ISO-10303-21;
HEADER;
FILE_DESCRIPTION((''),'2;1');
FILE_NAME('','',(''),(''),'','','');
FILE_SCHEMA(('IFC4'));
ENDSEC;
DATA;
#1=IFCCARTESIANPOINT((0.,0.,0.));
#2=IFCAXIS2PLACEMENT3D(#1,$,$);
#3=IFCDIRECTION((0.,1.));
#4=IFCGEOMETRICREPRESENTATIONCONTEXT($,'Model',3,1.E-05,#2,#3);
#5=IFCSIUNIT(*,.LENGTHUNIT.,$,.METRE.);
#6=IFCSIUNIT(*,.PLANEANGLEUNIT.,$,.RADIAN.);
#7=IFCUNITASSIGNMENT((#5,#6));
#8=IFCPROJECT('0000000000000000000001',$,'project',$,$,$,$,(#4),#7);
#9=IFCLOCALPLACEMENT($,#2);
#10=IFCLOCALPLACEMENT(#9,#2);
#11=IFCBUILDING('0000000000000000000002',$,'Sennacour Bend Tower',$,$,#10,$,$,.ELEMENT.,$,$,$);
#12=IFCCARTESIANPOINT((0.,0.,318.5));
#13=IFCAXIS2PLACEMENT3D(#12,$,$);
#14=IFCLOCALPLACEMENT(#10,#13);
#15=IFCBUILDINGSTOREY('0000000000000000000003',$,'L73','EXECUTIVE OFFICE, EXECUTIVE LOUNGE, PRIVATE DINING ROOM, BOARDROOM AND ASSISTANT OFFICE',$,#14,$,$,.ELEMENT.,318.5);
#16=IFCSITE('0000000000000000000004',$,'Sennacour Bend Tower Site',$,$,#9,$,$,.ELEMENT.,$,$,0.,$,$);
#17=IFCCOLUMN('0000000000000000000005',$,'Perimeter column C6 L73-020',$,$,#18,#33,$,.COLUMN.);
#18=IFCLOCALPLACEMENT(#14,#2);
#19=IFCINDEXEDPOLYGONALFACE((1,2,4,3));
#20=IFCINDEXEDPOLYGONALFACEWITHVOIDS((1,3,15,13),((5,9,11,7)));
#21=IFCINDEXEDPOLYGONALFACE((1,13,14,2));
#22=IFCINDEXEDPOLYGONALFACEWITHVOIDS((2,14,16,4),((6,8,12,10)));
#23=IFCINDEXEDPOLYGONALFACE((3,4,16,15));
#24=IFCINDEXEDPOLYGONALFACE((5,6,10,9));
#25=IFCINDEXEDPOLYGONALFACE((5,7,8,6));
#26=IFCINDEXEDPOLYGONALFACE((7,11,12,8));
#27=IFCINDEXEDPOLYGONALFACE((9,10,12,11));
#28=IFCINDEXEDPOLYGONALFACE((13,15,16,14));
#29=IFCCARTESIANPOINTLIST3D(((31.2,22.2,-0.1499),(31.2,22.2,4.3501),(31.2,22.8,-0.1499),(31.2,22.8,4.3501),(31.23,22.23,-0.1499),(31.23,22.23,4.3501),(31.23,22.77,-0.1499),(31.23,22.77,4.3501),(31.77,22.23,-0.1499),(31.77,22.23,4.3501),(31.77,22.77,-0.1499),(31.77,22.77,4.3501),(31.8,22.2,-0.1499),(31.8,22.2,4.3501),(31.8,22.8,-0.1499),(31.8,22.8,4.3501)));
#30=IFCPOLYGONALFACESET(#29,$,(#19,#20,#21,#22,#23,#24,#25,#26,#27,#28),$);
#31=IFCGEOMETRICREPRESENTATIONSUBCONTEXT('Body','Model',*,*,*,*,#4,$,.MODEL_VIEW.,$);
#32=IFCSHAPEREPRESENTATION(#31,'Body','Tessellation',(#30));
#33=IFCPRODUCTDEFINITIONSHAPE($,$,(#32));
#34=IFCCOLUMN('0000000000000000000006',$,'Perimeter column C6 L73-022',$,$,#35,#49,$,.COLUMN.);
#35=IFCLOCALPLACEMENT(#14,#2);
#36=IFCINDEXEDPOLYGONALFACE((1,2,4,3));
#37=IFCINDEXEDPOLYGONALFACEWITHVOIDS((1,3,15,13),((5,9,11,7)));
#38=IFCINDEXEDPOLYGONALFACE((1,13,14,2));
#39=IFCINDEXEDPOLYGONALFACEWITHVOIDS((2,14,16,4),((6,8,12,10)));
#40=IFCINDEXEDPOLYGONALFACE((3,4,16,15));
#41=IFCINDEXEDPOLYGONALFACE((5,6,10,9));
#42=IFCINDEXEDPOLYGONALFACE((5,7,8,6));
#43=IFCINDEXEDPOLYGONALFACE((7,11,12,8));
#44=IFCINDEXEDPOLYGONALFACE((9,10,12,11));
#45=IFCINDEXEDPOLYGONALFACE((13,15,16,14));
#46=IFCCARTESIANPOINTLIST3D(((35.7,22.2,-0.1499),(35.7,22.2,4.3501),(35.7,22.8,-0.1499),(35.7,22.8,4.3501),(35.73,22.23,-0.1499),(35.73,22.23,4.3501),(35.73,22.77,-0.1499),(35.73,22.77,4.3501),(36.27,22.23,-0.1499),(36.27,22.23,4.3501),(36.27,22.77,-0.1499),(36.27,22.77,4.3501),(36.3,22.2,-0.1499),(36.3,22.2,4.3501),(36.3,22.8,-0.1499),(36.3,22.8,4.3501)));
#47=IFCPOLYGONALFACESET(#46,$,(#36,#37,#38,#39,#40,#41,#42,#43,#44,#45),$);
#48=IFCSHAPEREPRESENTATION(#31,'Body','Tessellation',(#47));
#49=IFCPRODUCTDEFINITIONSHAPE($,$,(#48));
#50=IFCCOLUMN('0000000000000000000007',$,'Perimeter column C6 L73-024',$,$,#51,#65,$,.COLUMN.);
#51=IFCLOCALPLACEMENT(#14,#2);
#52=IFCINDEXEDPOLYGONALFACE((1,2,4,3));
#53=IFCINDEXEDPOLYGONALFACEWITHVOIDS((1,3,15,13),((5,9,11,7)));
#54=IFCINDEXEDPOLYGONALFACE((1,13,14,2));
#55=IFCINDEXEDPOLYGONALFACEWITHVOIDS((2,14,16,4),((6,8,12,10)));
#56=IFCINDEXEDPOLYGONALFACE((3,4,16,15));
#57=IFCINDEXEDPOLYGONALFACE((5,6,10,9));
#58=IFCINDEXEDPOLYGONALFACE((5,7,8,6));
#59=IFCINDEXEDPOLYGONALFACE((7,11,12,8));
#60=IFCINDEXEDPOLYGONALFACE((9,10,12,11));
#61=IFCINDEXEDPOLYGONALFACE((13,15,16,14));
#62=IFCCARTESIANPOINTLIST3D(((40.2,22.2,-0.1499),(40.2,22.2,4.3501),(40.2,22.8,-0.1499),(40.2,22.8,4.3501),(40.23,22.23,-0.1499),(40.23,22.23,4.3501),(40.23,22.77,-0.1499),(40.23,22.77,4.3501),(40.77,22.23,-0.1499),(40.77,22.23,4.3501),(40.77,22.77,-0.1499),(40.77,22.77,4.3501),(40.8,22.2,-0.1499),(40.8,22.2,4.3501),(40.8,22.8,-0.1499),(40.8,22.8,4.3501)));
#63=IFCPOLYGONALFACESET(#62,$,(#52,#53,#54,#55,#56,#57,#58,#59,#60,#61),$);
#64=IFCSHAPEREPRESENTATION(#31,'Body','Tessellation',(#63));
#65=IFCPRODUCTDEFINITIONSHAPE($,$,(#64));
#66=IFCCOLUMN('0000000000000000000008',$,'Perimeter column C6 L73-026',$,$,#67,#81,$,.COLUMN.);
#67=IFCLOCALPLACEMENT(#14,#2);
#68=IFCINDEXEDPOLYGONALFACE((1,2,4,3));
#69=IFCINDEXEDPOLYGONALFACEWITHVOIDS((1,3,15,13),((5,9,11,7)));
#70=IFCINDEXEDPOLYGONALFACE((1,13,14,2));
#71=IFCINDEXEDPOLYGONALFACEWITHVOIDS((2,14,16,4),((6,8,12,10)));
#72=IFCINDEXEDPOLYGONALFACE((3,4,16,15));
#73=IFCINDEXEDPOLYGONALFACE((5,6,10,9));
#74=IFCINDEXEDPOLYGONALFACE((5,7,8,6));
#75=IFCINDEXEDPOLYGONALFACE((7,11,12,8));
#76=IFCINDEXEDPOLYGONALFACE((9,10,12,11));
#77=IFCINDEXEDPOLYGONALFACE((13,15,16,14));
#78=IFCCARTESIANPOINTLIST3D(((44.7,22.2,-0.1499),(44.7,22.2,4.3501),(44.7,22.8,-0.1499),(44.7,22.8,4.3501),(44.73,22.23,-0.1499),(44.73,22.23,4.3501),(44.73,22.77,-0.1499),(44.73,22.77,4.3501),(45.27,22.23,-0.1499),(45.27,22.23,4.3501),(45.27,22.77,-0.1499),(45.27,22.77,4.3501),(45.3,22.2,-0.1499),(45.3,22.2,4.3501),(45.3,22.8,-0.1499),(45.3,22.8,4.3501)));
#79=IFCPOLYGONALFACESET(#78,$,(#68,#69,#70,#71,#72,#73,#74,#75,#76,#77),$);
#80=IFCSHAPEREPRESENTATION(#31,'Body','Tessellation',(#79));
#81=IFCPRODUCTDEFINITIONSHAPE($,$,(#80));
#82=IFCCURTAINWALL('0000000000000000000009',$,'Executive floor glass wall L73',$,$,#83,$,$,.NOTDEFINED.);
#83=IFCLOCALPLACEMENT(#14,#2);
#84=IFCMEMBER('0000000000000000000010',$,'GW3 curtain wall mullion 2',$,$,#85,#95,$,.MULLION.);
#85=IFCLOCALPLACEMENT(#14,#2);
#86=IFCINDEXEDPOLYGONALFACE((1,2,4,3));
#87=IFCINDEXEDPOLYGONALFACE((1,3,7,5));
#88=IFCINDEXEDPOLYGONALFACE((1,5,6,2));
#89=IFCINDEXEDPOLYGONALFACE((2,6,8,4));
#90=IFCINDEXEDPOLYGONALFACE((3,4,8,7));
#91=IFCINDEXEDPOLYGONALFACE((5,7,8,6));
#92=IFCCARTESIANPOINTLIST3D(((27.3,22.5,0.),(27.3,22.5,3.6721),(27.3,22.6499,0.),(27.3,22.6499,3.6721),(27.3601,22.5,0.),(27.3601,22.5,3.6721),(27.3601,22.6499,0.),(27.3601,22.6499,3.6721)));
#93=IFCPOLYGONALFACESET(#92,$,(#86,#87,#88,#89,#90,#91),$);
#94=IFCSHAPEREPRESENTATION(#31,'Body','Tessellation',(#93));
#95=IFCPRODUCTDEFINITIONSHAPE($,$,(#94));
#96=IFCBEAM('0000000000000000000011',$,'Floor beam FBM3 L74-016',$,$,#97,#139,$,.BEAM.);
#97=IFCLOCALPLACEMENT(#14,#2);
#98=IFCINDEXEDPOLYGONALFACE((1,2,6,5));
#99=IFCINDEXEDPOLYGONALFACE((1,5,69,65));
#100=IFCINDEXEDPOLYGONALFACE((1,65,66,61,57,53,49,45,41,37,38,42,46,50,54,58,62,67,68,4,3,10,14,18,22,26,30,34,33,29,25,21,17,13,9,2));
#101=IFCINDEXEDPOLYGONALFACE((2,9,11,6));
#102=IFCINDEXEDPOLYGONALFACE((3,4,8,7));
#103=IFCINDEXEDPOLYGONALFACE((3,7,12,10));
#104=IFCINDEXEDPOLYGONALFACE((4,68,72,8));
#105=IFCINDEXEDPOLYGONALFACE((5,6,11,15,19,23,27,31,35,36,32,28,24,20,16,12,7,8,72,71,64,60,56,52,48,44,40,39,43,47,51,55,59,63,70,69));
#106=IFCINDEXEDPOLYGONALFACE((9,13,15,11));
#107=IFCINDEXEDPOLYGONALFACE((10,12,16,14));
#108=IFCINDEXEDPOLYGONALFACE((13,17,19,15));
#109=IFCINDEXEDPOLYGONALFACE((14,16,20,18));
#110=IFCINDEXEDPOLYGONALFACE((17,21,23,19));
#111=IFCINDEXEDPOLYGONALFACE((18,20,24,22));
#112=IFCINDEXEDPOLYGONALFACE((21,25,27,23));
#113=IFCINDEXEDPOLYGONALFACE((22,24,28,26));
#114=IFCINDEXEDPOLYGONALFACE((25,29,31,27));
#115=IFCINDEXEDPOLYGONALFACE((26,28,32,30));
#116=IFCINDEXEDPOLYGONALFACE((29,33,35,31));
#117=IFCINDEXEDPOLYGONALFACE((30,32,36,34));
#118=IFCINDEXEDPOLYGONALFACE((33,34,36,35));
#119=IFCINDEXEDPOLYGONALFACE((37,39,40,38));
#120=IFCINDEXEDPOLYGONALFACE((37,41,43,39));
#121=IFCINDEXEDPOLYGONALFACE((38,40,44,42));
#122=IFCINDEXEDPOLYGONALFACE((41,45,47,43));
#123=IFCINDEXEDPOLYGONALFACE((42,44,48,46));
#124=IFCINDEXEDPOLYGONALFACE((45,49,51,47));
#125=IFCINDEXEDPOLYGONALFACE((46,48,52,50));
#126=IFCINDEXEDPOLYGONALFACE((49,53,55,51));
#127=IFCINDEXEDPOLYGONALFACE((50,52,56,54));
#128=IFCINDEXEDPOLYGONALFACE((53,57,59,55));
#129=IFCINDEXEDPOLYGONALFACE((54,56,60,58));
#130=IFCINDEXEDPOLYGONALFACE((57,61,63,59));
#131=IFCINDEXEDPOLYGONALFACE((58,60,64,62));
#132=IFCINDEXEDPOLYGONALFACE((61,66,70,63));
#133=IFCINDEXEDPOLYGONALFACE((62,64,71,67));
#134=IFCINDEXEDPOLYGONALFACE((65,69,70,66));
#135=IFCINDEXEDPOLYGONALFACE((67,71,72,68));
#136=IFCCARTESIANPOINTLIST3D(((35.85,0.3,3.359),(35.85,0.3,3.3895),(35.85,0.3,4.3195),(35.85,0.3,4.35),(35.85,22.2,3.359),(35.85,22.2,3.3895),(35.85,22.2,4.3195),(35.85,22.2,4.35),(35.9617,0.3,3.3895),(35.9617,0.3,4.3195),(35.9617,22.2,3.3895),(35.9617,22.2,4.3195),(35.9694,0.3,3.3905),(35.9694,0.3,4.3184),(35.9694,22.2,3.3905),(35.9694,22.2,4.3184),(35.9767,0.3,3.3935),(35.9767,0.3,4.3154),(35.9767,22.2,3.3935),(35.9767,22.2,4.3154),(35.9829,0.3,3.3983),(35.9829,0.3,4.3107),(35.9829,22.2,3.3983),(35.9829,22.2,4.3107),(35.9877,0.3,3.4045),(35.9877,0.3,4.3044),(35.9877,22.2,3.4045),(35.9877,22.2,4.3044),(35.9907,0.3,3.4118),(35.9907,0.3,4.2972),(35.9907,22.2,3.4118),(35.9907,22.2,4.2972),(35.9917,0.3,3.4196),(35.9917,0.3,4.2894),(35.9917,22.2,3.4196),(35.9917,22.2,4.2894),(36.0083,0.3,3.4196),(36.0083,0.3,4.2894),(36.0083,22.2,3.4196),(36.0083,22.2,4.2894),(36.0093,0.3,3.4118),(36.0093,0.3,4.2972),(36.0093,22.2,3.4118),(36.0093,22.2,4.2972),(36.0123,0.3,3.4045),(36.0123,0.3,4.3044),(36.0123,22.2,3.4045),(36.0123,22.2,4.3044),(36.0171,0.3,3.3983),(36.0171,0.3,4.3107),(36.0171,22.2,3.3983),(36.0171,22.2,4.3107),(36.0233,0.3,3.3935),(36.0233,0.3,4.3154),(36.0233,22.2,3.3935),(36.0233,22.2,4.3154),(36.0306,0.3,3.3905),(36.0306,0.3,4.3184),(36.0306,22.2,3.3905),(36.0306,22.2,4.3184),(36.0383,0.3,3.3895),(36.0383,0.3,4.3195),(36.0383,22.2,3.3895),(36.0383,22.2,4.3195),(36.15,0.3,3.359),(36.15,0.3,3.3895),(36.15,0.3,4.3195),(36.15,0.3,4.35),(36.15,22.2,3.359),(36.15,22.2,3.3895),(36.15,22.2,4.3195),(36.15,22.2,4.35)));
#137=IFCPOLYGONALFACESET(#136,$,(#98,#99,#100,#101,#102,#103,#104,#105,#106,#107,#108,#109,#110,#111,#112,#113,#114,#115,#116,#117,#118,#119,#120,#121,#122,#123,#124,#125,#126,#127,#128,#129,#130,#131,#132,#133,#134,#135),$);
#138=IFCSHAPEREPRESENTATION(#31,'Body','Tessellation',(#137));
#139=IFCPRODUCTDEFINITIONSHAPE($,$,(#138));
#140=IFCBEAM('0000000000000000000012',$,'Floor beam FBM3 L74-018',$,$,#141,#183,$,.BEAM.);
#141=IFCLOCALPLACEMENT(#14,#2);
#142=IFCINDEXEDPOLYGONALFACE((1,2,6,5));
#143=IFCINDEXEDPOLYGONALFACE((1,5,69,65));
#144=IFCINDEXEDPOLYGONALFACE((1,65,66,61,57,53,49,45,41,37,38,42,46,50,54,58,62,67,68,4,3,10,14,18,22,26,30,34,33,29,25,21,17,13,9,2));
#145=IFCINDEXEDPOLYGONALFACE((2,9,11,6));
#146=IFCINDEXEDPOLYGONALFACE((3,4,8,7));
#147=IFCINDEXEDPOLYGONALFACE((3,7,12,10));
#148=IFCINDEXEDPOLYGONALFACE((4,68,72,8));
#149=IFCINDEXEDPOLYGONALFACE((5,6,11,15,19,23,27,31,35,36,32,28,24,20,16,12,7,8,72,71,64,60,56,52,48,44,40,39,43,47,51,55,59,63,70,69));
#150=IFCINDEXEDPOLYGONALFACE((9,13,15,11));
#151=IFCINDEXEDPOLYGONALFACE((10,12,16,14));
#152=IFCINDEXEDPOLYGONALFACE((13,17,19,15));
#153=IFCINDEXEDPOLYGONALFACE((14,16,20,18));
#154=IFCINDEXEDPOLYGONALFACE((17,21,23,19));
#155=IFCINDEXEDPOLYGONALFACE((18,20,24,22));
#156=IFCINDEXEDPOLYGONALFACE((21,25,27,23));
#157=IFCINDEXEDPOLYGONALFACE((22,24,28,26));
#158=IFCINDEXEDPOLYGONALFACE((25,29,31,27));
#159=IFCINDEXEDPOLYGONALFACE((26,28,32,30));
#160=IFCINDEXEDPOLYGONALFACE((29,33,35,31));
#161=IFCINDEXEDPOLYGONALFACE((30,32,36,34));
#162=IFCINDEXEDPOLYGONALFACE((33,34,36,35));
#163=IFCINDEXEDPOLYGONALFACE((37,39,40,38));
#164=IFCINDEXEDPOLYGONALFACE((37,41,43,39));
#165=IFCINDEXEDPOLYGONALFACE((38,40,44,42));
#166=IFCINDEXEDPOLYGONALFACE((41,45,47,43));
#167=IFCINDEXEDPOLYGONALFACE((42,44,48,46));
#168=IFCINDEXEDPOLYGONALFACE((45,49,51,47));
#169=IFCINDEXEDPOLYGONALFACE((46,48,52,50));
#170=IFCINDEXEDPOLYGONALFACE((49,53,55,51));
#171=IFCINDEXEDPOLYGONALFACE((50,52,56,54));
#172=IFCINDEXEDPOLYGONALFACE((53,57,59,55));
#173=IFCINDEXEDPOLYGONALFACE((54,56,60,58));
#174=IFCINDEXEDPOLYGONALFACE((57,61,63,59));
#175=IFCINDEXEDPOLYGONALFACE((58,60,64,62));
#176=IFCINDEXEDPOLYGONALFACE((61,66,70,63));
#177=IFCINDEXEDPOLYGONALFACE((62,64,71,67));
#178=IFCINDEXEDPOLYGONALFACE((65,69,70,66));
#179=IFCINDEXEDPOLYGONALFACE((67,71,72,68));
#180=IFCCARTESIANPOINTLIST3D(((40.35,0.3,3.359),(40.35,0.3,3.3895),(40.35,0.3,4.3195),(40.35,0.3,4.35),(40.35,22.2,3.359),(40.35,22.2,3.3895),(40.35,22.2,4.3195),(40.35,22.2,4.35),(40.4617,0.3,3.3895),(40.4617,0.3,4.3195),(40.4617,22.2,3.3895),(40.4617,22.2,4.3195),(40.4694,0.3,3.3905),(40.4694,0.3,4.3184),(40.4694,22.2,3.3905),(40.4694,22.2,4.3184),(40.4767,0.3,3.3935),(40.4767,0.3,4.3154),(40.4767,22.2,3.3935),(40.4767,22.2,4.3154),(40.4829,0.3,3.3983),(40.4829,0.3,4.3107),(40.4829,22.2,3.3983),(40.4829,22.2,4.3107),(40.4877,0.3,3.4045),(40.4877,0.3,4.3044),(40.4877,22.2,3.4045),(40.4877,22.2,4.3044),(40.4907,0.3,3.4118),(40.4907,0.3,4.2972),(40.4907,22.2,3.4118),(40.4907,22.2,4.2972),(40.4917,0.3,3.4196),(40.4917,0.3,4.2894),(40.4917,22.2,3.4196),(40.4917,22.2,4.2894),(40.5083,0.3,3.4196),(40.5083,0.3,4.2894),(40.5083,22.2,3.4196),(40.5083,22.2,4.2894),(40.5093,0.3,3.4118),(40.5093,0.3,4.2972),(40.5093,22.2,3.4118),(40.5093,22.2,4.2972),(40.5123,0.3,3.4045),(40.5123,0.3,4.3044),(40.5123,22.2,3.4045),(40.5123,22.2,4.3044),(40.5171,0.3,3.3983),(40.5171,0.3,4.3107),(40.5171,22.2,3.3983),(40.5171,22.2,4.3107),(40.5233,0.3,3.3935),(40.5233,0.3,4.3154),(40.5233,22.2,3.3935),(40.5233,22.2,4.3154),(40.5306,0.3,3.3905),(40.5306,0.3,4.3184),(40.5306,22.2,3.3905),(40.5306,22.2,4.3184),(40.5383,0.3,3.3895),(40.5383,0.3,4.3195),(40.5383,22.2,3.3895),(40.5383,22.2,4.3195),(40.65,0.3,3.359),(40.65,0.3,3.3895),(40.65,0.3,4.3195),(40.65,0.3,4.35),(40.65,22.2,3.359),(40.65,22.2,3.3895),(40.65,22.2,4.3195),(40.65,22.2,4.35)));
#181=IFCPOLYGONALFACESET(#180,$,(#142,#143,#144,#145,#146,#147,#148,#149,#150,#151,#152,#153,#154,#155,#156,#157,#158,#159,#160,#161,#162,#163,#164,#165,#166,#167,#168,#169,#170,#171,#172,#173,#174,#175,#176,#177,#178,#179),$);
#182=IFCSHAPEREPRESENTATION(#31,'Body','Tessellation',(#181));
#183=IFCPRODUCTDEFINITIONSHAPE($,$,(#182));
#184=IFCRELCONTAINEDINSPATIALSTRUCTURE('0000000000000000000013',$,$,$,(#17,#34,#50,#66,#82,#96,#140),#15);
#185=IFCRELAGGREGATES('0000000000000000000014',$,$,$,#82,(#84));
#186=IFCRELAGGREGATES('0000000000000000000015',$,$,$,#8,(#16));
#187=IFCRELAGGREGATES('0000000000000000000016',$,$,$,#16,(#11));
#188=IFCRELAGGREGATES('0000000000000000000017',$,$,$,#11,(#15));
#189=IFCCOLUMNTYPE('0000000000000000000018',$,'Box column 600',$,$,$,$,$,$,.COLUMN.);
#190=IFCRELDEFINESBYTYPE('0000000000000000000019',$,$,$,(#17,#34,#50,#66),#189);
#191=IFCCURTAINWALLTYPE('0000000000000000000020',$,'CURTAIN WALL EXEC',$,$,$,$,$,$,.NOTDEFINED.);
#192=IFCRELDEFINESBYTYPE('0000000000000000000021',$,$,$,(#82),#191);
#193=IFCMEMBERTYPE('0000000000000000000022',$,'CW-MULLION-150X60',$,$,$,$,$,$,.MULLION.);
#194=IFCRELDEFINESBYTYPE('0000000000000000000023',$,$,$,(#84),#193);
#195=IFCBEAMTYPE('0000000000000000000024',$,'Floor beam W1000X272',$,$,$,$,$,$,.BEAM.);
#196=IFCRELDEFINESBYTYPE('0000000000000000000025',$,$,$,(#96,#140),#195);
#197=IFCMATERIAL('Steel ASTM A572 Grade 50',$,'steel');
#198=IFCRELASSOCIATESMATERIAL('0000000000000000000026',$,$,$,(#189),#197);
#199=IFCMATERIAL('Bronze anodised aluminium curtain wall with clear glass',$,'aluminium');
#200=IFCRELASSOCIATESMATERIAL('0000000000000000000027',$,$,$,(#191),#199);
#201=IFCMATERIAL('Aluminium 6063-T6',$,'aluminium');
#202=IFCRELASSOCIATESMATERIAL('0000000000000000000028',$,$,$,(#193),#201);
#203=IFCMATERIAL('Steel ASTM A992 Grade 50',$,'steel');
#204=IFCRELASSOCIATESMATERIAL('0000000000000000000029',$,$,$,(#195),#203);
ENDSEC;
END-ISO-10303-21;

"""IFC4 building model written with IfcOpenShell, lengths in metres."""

from ifc_helpers import new_model, si_unit, direction, frame, origin, origin_2d, place, context, subcontext, project, spatial, rectangle, hollow_rectangle, i_section, extrude, material, material_profile, profile_set, type_object, element, aggregate, save


model = new_model("IFC4")

# Units and contexts
model_context = context("Model", 3, precision=1e-05, world=origin(), true_north=direction((0.0, 1.0)))
body_context = subcontext(model_context, "Body", "Model", "MODEL_VIEW")
ifc_project = project(units=[si_unit("LENGTHUNIT", "METRE"), si_unit("PLANEANGLEUNIT", "RADIAN")], contexts=[model_context])

# Site, building, storey
site_placement = place(None, origin())
site = spatial("IfcSite", under=ifc_project, at=site_placement, Name="Sennacour Bend Tower Site", CompositionType="ELEMENT", RefElevation=0.0)
building_placement = place(site_placement, origin())
building = spatial("IfcBuilding", under=site, at=building_placement, Name="Sennacour Bend Tower", CompositionType="ELEMENT")
storey_placement = place(building_placement, frame((0.0, 0.0, 318.5)))
storey = spatial("IfcBuildingStorey", under=building, at=storey_placement, Name="L73", Description="EXECUTIVE OFFICE, EXECUTIVE LOUNGE, PRIVATE DINING ROOM, BOARDROOM AND ASSISTANT OFFICE", CompositionType="ELEMENT", Elevation=318.5)

# Columns
ifc_material_1 = material(Name="Steel ASTM A572 Grade 50", Category="steel")
ifc_material_profile_1 = material_profile(ifc_material_1, hollow_rectangle(XDim=0.6001, YDim=0.6001, WallThickness=0.03, at=origin_2d()), Name="Steel ASTM A572 Grade 50", Category="steel")
ifc_profile_set_1 = profile_set([ifc_material_profile_1], Name="Steel ASTM A572 Grade 50")
column_type = type_object("IfcColumnType", Name="Box column 600", PredefinedType="COLUMN", material=ifc_profile_set_1)
for number, where, z_axis, x_axis, name in (
    (1, (31.5, 22.5, -0.1499), (0.0, 0.0, 1.0), (1.0, 0.0, 0.0), "Perimeter column C6 L73-020"),
    (2, (36.0, 22.5, -0.1499), (0.0, 0.0, 1.0), (1.0, 0.0, 0.0), "Perimeter column C6 L73-022"),
    (3, (40.5, 22.5, -0.1499), (0.0, 0.0, 1.0), (1.0, 0.0, 0.0), "Perimeter column C6 L73-024"),
    (4, (45.0, 22.5, -0.1499), (0.0, 0.0, 1.0), (1.0, 0.0, 0.0), "Perimeter column C6 L73-026"),
):
    element("IfcColumn", number, at=place(storey_placement, frame(where, z_axis=z_axis, x_axis=x_axis)), inside=storey, type_object=column_type, Name=name, PredefinedType="COLUMN", context=body_context, shape_type="SweptSolid", body=[
        extrude(hollow_rectangle(XDim=0.6001, YDim=0.6001, WallThickness=0.03, at=origin_2d()), origin(), (0.0, 0.0, 1.0), 4.5),
    ])

# Curtain wall, member
ifc_material_2 = material(Name="Bronze anodised aluminium curtain wall with clear glass", Category="aluminium")
curtain_wall_type = type_object("IfcCurtainWallType", Name="CURTAIN WALL EXEC", PredefinedType="NOTDEFINED", material=ifc_material_2)
curtain_wall_placement = place(storey_placement, origin())
curtain_wall = element("IfcCurtainWall", 5, at=curtain_wall_placement, inside=storey, type_object=curtain_wall_type, Name="Executive floor glass wall L73", PredefinedType="NOTDEFINED")
ifc_material_3 = material(Name="Aluminium 6063-T6", Category="aluminium")
ifc_material_profile_2 = material_profile(ifc_material_3, rectangle(XDim=0.1499, YDim=0.0601, at=origin_2d()), Name="Aluminium 6063-T6", Category="aluminium")
ifc_profile_set_2 = profile_set([ifc_material_profile_2], Name="Aluminium 6063-T6")
member_type = type_object("IfcMemberType", Name="CW-MULLION-150X60", PredefinedType="MULLION", material=ifc_profile_set_2)
member_placement = place(storey_placement, frame((27.3301, 22.575, 0.0), z_axis=(0.0, 0.0, 1.0), x_axis=(0.0, -1.0, 0.0)))
member = element("IfcMember", 6, at=member_placement, type_object=member_type, Name="GW3 curtain wall mullion 2", PredefinedType="MULLION", context=body_context, shape_type="SweptSolid", body=[
    extrude(rectangle(XDim=0.1499, YDim=0.0601, at=origin_2d()), origin(), (0.0, 0.0, 1.0), 3.6721),
])

# Beams
ifc_material_4 = material(Name="Steel ASTM A992 Grade 50", Category="steel")
ifc_material_profile_3 = material_profile(ifc_material_4, i_section(OverallWidth=0.3, OverallDepth=0.991, WebThickness=0.0166, FlangeThickness=0.0305, FilletRadius=0.03, at=origin_2d()), Name="Steel ASTM A992 Grade 50", Category="steel")
ifc_profile_set_3 = profile_set([ifc_material_profile_3], Name="Steel ASTM A992 Grade 50")
beam_type_1 = type_object("IfcBeamType", Name="Floor beam W1000X272", PredefinedType="BEAM", material=ifc_profile_set_3)
for number, where, z_axis, x_axis, name in (
    (7, (36.0, 0.3, 3.8545), (0.0, 1.0, 0.0), (-1.0, 0.0, 0.0), "Floor beam FBM3 L74-016"),
    (8, (40.5, 0.3, 3.8545), (0.0, 1.0, 0.0), (-1.0, 0.0, 0.0), "Floor beam FBM3 L74-018"),
):
    element("IfcBeam", number, at=place(storey_placement, frame(where, z_axis=z_axis, x_axis=x_axis)), inside=storey, type_object=beam_type_1, Name=name, PredefinedType="BEAM", context=body_context, shape_type="SweptSolid", body=[
        extrude(i_section(OverallWidth=0.3, OverallDepth=0.991, WebThickness=0.0166, FlangeThickness=0.0305, FilletRadius=0.03, at=origin_2d()), origin(), (0.0, 0.0, 1.0), 21.8999),
    ])

aggregate(curtain_wall, [member])

save(model, "model.ifc")
